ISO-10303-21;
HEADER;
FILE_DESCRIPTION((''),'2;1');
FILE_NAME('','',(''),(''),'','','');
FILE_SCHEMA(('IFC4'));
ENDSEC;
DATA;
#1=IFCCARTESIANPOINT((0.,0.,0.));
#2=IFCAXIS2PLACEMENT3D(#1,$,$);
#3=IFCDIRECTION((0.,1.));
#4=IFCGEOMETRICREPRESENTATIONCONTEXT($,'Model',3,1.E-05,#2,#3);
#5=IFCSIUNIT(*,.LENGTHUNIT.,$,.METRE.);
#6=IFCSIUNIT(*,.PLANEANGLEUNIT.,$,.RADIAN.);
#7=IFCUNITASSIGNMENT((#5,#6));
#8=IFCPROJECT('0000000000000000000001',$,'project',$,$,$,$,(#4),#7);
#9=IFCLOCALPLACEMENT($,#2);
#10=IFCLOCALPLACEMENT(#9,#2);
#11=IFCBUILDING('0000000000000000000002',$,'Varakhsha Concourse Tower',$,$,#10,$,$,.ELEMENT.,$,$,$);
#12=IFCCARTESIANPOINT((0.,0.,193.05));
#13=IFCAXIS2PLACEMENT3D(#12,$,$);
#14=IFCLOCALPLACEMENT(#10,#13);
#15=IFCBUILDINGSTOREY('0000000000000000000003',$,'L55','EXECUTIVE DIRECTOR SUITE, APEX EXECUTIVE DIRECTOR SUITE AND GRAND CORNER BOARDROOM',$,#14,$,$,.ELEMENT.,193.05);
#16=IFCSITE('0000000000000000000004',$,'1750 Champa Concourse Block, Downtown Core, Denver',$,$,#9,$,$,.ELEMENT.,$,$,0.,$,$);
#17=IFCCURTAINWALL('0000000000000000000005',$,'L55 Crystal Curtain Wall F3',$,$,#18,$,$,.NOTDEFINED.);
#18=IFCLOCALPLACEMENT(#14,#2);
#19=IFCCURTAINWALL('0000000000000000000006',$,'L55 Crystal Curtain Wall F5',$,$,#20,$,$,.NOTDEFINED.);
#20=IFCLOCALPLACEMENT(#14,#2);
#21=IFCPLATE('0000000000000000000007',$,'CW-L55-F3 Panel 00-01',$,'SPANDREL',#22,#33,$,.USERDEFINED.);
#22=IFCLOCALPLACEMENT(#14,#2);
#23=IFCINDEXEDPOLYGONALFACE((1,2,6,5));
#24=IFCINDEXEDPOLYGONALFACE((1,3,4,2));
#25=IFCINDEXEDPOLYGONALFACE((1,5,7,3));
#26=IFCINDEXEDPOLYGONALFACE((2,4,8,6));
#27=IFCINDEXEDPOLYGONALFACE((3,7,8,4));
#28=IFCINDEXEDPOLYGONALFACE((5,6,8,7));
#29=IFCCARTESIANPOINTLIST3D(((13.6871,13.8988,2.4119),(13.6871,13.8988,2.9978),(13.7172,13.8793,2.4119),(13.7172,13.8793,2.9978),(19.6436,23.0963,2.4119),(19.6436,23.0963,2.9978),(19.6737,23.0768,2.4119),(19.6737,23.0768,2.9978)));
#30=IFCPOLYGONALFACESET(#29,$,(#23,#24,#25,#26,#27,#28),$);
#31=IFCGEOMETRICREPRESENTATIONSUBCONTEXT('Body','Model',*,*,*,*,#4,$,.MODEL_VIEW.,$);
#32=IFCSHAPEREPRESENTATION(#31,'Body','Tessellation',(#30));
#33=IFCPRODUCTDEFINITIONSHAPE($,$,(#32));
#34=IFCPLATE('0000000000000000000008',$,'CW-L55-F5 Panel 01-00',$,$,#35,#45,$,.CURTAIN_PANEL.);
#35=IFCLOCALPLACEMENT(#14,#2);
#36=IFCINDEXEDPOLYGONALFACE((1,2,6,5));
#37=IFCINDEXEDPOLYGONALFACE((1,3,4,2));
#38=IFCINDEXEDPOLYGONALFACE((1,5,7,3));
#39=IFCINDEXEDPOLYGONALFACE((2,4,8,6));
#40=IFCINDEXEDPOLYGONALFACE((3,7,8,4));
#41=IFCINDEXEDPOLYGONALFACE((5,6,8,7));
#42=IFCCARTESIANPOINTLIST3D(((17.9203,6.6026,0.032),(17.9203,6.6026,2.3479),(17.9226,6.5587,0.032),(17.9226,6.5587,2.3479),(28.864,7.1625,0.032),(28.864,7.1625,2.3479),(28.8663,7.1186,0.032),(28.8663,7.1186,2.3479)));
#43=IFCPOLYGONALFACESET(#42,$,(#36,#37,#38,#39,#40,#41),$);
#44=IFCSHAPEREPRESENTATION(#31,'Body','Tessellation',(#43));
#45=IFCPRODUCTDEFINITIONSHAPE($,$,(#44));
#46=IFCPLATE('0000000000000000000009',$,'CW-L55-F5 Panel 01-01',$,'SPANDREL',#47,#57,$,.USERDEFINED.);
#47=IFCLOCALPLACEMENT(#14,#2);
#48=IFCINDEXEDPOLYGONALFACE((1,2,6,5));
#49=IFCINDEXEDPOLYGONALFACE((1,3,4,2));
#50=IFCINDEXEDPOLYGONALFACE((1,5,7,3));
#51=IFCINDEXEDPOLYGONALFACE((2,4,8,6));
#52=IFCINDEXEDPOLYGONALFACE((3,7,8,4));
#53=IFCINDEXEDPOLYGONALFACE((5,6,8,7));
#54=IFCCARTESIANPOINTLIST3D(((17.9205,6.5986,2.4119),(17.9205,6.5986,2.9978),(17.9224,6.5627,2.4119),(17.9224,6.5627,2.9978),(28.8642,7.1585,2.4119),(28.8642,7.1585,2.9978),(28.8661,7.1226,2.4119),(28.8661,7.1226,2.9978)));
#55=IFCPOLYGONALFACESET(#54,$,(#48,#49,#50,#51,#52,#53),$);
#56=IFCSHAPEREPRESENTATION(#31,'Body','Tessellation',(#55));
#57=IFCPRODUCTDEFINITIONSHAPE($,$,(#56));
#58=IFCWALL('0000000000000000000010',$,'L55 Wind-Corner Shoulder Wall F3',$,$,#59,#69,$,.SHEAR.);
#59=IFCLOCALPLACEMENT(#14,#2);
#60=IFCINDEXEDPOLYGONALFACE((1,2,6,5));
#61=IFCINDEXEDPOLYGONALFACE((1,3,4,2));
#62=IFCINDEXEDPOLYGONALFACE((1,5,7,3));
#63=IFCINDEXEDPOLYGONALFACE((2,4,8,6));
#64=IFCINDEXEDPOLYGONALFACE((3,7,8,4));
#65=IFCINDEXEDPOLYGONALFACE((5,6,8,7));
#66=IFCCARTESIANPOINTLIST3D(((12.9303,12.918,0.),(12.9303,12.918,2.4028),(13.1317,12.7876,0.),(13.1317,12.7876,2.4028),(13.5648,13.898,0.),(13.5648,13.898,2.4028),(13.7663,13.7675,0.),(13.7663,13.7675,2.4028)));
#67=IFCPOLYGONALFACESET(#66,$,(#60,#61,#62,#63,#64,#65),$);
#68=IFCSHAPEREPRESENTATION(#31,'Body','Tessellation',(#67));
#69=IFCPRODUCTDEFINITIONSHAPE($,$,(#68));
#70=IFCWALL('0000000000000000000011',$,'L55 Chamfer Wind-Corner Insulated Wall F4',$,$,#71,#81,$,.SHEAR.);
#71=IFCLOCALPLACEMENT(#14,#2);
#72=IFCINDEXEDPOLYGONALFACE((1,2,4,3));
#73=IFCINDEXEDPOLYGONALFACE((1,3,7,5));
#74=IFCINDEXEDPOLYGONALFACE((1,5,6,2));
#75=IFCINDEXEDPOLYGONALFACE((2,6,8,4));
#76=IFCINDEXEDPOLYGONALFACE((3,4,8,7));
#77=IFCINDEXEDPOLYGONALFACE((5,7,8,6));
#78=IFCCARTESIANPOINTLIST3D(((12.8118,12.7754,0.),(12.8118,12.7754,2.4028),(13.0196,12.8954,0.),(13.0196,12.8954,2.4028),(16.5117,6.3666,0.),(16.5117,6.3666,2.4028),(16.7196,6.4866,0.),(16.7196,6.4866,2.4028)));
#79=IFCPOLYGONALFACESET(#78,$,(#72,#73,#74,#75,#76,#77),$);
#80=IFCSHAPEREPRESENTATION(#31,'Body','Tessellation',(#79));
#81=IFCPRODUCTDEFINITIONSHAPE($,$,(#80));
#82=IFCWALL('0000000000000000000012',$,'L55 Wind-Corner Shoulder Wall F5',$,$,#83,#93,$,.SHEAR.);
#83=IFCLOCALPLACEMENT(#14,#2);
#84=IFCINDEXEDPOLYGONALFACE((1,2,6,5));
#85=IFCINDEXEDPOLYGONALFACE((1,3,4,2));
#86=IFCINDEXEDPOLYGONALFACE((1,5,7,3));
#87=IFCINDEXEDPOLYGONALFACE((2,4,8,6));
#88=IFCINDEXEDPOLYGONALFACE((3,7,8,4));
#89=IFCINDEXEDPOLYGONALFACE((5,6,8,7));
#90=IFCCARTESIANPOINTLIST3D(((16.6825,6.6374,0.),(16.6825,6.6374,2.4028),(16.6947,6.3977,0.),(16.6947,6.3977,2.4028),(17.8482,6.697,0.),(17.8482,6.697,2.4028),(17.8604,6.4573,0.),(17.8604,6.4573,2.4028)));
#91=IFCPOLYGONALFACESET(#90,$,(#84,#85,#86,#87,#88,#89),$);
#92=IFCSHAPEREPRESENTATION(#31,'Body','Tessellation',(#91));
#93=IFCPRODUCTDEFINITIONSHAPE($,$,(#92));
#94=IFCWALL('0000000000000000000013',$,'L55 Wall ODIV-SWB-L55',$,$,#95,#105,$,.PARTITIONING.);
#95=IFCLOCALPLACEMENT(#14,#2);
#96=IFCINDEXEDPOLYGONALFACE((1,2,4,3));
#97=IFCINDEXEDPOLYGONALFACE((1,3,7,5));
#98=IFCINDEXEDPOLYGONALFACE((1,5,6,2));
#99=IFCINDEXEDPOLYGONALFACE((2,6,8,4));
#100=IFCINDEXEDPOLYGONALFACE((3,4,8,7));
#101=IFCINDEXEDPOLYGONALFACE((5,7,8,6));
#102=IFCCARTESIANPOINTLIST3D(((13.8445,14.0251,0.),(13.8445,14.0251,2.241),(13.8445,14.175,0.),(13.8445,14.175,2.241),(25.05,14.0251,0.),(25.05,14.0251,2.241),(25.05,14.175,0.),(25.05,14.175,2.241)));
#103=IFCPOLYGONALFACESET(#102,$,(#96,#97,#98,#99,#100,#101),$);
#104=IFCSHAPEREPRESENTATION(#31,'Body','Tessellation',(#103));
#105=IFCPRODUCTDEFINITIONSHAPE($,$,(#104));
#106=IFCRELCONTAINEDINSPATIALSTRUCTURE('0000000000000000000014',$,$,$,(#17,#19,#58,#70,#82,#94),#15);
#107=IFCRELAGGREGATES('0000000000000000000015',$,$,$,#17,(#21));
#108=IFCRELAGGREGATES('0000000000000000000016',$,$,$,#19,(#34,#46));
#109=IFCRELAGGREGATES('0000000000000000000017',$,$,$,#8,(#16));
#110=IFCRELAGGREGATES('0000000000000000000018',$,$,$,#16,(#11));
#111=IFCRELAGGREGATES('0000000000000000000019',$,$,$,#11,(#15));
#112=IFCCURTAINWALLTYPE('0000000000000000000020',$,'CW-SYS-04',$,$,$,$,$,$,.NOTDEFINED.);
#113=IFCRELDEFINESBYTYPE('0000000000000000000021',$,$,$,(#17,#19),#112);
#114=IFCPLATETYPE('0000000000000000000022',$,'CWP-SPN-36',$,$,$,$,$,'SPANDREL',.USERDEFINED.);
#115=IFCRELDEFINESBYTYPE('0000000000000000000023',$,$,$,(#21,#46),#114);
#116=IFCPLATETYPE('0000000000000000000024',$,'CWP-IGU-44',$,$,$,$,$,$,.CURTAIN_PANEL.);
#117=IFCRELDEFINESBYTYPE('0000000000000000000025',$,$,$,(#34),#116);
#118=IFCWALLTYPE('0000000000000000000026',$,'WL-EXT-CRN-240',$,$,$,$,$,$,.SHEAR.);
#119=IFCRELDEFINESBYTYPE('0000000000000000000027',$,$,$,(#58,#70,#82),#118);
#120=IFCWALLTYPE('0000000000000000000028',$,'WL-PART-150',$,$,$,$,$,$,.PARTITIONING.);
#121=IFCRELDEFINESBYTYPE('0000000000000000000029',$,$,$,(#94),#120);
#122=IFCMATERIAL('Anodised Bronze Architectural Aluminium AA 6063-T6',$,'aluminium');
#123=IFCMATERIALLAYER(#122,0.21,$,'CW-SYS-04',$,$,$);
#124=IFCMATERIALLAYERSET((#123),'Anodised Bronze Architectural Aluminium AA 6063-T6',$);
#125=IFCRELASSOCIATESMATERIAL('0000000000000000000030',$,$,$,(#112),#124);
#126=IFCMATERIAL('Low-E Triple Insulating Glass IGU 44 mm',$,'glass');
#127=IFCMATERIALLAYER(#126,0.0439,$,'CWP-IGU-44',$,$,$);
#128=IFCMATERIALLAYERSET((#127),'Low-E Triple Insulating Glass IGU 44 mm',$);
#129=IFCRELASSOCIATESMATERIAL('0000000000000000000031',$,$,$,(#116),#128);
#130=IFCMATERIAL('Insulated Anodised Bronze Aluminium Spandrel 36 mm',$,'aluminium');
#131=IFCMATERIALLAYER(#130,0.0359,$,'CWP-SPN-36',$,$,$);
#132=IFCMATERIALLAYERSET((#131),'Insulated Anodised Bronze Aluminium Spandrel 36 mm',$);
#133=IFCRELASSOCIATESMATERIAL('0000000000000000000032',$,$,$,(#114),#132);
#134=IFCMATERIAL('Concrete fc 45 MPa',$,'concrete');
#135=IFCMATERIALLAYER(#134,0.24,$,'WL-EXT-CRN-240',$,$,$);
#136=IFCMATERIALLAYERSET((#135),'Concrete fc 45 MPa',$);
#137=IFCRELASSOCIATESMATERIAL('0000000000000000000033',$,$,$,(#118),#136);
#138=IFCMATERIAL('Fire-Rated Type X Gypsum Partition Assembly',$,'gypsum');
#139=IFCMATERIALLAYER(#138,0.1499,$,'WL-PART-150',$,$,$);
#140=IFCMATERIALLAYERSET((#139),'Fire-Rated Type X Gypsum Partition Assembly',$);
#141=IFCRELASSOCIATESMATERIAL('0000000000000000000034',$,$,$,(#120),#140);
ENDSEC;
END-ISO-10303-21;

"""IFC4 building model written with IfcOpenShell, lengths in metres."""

from ifc_helpers import new_model, si_unit, direction, frame, frame_2d, origin, origin_2d, place, context, subcontext, project, spatial, rectangle, extrude, source, transform, mapped, material, layer, layer_set, type_object, type_shapes, element, aggregate, save


model = new_model("IFC4")

# Units and contexts
model_context = context("Model", 3, precision=1e-05, world=origin(), true_north=direction((0.0, 1.0)))
body_context = subcontext(model_context, "Body", "Model", "MODEL_VIEW")
ifc_project = project(units=[si_unit("LENGTHUNIT", "METRE"), si_unit("PLANEANGLEUNIT", "RADIAN")], contexts=[model_context])

# Site, building, storey
site_placement = place(None, origin())
site = spatial("IfcSite", under=ifc_project, at=site_placement, Name="1750 Champa Concourse Block, Downtown Core, Denver", CompositionType="ELEMENT", RefElevation=0.0)
building_placement = place(site_placement, origin())
building = spatial("IfcBuilding", under=site, at=building_placement, Name="Varakhsha Concourse Tower", CompositionType="ELEMENT")
storey_placement = place(building_placement, frame((0.0, 0.0, 193.05)))
storey = spatial("IfcBuildingStorey", under=building, at=storey_placement, Name="L55", Description="EXECUTIVE DIRECTOR SUITE, APEX EXECUTIVE DIRECTOR SUITE AND GRAND CORNER BOARDROOM", CompositionType="ELEMENT", Elevation=193.05)

# Curtain walls
ifc_material_1 = material(Name="Anodised Bronze Architectural Aluminium AA 6063-T6", Category="aluminium")
ifc_layer_1 = layer(ifc_material_1, 0.21, Name="CW-SYS-04")
ifc_layer_set_1 = layer_set([ifc_layer_1], Name="Anodised Bronze Architectural Aluminium AA 6063-T6")
curtain_wall_type = type_object("IfcCurtainWallType", Name="CW-SYS-04", PredefinedType="NOTDEFINED", material=ifc_layer_set_1)
curtain_wall_1_placement = place(storey_placement, origin())
curtain_wall_1 = element("IfcCurtainWall", 1, at=curtain_wall_1_placement, inside=storey, type_object=curtain_wall_type, Name="L55 Crystal Curtain Wall F3", PredefinedType="NOTDEFINED")
curtain_wall_2_placement = place(storey_placement, origin())
curtain_wall_2 = element("IfcCurtainWall", 2, at=curtain_wall_2_placement, inside=storey, type_object=curtain_wall_type, Name="L55 Crystal Curtain Wall F5", PredefinedType="NOTDEFINED")

# Shared definitions
ifc_material_2 = material(Name="Concrete fc 45 MPa", Category="concrete")

# Plates
ifc_material_3 = material(Name="Low-E Triple Insulating Glass IGU 44 mm", Category="glass")
ifc_layer_2 = layer(ifc_material_3, 0.0439, Name="CWP-IGU-44")
ifc_layer_set_2 = layer_set([ifc_layer_2], Name="Low-E Triple Insulating Glass IGU 44 mm")
plate_type_1 = type_object("IfcPlateType", Name="CWP-IGU-44", PredefinedType="CURTAIN_PANEL", material=ifc_layer_set_2)
ifc_material_4 = material(Name="Insulated Anodised Bronze Aluminium Spandrel 36 mm", Category="aluminium")
ifc_layer_3 = layer(ifc_material_4, 0.0359, Name="CWP-SPN-36")
ifc_layer_set_3 = layer_set([ifc_layer_3], Name="Insulated Anodised Bronze Aluminium Spandrel 36 mm")
plate_type_2 = type_object("IfcPlateType", Name="CWP-SPN-36", ElementType="SPANDREL", PredefinedType="USERDEFINED", material=ifc_layer_set_3)
shared_shape_1 = source(origin(), body_context, "Body", "SweptSolid", [
    extrude(rectangle(XDim=10.9578, YDim=0.0359, at=origin_2d()), origin(), (0.0, 0.0, 1.0), 0.5859),
])
plate_1_placement = place(storey_placement, frame((16.6804, 18.4878, 2.4119), z_axis=(0.0, 0.0, 1.0), x_axis=(0.543588, 0.839352, 0.0)))
plate_1 = element("IfcPlate", 3, at=plate_1_placement, type_object=plate_type_2, Name="CW-L55-F3 Panel 00-01", ObjectType="SPANDREL", PredefinedType="USERDEFINED", context=body_context, shape_type="MappedRepresentation", body=[
    mapped(shared_shape_1, transform((0.0, 0.0, 0.0), scale=1.0)),
])
aggregate(curtain_wall_1, [plate_1])
shared_shape_2 = source(origin(), body_context, "Body", "SweptSolid", [
    extrude(rectangle(XDim=10.958, YDim=0.0439, at=origin_2d()), origin(), (0.0, 0.0, 1.0), 2.3159),
])
plate_2_placement = place(storey_placement, frame((23.3933, 6.8606, 0.032), z_axis=(0.0, 0.0, 1.0), x_axis=(-0.998694, -0.051093, 0.0)))
plate_2 = element("IfcPlate", 4, at=plate_2_placement, type_object=plate_type_1, Name="CW-L55-F5 Panel 01-00", PredefinedType="CURTAIN_PANEL", context=body_context, shape_type="MappedRepresentation", body=[
    mapped(shared_shape_2, transform((0.0, 0.0, 0.0), scale=1.0)),
])
shared_shape_3 = source(origin(), body_context, "Body", "SweptSolid", [
    extrude(rectangle(XDim=10.958, YDim=0.0359, at=origin_2d()), origin(), (0.0, 0.0, 1.0), 0.5859),
])
type_shapes(plate_type_2, [shared_shape_1, shared_shape_3])
plate_3_placement = place(storey_placement, frame((23.3933, 6.8606, 2.4119), z_axis=(0.0, 0.0, 1.0), x_axis=(-0.998694, -0.051093, 0.0)))
plate_3 = element("IfcPlate", 5, at=plate_3_placement, type_object=plate_type_2, Name="CW-L55-F5 Panel 01-01", ObjectType="SPANDREL", PredefinedType="USERDEFINED", context=body_context, shape_type="MappedRepresentation", body=[
    mapped(shared_shape_3, transform((0.0, 0.0, 0.0), scale=1.0)),
])
aggregate(curtain_wall_2, [plate_2, plate_3])

# Walls
ifc_layer_4 = layer(ifc_material_2, 0.24, Name="WL-EXT-CRN-240")
ifc_layer_set_4 = layer_set([ifc_layer_4], Name="Concrete fc 45 MPa")
wall_type_1 = type_object("IfcWallType", Name="WL-EXT-CRN-240", PredefinedType="SHEAR", material=ifc_layer_set_4)
wall_1_placement = place(storey_placement, frame((13.6655, 13.8328, 0.0), z_axis=(0.0, 0.0, 1.0), x_axis=(-0.543503, -0.839407, 0.0)))
element("IfcWall", 6, at=wall_1_placement, inside=storey, type_object=wall_type_1, Name="L55 Wind-Corner Shoulder Wall F3", PredefinedType="SHEAR", context=body_context, shape_type="SweptSolid", body=[
    extrude(rectangle(XDim=1.1675, YDim=0.24, at=frame_2d((0.5837, 0.0))), origin(), (0.0, 0.0, 1.0), 2.4028),
])
wall_2_placement = place(storey_placement, frame((16.6157, 6.4265, 0.0), z_axis=(0.0, 0.0, 1.0), x_axis=(-0.499989, 0.866032, 0.0)))
element("IfcWall", 7, at=wall_2_placement, inside=storey, type_object=wall_type_1, Name="L55 Chamfer Wind-Corner Insulated Wall F4", PredefinedType="SHEAR", context=body_context, shape_type="SweptSolid", body=[
    extrude(rectangle(XDim=7.4001, YDim=0.24, at=frame_2d((3.7002, 0.0))), origin(), (0.0, 0.0, 1.0), 2.4028),
])
wall_3_placement = place(storey_placement, frame((16.6887, 6.5176, 0.0), z_axis=(0.0, 0.0, 1.0), x_axis=(0.998697, 0.051033, 0.0)))
element("IfcWall", 8, at=wall_3_placement, inside=storey, type_object=wall_type_1, Name="L55 Wind-Corner Shoulder Wall F5", PredefinedType="SHEAR", context=body_context, shape_type="SweptSolid", body=[
    extrude(rectangle(XDim=1.1672, YDim=0.24, at=frame_2d((0.5835, 0.0))), origin(), (0.0, 0.0, 1.0), 2.4028),
])
ifc_material_5 = material(Name="Fire-Rated Type X Gypsum Partition Assembly", Category="gypsum")
ifc_layer_5 = layer(ifc_material_5, 0.1499, Name="WL-PART-150")
ifc_layer_set_5 = layer_set([ifc_layer_5], Name="Fire-Rated Type X Gypsum Partition Assembly")
wall_type_2 = type_object("IfcWallType", Name="WL-PART-150", PredefinedType="PARTITIONING", material=ifc_layer_set_5)
wall_4_placement = place(storey_placement, frame((13.8445, 14.1001, 0.0), z_axis=(0.0, 0.0, 1.0), x_axis=(1.0, 0.0, 0.0)))
element("IfcWall", 9, at=wall_4_placement, inside=storey, type_object=wall_type_2, Name="L55 Wall ODIV-SWB-L55", PredefinedType="PARTITIONING", context=body_context, shape_type="SweptSolid", body=[
    extrude(rectangle(XDim=11.2056, YDim=0.1499, at=frame_2d((5.6028, 0.0))), origin(), (0.0, 0.0, 1.0), 2.241),
])

save(model, "model.ifc")
